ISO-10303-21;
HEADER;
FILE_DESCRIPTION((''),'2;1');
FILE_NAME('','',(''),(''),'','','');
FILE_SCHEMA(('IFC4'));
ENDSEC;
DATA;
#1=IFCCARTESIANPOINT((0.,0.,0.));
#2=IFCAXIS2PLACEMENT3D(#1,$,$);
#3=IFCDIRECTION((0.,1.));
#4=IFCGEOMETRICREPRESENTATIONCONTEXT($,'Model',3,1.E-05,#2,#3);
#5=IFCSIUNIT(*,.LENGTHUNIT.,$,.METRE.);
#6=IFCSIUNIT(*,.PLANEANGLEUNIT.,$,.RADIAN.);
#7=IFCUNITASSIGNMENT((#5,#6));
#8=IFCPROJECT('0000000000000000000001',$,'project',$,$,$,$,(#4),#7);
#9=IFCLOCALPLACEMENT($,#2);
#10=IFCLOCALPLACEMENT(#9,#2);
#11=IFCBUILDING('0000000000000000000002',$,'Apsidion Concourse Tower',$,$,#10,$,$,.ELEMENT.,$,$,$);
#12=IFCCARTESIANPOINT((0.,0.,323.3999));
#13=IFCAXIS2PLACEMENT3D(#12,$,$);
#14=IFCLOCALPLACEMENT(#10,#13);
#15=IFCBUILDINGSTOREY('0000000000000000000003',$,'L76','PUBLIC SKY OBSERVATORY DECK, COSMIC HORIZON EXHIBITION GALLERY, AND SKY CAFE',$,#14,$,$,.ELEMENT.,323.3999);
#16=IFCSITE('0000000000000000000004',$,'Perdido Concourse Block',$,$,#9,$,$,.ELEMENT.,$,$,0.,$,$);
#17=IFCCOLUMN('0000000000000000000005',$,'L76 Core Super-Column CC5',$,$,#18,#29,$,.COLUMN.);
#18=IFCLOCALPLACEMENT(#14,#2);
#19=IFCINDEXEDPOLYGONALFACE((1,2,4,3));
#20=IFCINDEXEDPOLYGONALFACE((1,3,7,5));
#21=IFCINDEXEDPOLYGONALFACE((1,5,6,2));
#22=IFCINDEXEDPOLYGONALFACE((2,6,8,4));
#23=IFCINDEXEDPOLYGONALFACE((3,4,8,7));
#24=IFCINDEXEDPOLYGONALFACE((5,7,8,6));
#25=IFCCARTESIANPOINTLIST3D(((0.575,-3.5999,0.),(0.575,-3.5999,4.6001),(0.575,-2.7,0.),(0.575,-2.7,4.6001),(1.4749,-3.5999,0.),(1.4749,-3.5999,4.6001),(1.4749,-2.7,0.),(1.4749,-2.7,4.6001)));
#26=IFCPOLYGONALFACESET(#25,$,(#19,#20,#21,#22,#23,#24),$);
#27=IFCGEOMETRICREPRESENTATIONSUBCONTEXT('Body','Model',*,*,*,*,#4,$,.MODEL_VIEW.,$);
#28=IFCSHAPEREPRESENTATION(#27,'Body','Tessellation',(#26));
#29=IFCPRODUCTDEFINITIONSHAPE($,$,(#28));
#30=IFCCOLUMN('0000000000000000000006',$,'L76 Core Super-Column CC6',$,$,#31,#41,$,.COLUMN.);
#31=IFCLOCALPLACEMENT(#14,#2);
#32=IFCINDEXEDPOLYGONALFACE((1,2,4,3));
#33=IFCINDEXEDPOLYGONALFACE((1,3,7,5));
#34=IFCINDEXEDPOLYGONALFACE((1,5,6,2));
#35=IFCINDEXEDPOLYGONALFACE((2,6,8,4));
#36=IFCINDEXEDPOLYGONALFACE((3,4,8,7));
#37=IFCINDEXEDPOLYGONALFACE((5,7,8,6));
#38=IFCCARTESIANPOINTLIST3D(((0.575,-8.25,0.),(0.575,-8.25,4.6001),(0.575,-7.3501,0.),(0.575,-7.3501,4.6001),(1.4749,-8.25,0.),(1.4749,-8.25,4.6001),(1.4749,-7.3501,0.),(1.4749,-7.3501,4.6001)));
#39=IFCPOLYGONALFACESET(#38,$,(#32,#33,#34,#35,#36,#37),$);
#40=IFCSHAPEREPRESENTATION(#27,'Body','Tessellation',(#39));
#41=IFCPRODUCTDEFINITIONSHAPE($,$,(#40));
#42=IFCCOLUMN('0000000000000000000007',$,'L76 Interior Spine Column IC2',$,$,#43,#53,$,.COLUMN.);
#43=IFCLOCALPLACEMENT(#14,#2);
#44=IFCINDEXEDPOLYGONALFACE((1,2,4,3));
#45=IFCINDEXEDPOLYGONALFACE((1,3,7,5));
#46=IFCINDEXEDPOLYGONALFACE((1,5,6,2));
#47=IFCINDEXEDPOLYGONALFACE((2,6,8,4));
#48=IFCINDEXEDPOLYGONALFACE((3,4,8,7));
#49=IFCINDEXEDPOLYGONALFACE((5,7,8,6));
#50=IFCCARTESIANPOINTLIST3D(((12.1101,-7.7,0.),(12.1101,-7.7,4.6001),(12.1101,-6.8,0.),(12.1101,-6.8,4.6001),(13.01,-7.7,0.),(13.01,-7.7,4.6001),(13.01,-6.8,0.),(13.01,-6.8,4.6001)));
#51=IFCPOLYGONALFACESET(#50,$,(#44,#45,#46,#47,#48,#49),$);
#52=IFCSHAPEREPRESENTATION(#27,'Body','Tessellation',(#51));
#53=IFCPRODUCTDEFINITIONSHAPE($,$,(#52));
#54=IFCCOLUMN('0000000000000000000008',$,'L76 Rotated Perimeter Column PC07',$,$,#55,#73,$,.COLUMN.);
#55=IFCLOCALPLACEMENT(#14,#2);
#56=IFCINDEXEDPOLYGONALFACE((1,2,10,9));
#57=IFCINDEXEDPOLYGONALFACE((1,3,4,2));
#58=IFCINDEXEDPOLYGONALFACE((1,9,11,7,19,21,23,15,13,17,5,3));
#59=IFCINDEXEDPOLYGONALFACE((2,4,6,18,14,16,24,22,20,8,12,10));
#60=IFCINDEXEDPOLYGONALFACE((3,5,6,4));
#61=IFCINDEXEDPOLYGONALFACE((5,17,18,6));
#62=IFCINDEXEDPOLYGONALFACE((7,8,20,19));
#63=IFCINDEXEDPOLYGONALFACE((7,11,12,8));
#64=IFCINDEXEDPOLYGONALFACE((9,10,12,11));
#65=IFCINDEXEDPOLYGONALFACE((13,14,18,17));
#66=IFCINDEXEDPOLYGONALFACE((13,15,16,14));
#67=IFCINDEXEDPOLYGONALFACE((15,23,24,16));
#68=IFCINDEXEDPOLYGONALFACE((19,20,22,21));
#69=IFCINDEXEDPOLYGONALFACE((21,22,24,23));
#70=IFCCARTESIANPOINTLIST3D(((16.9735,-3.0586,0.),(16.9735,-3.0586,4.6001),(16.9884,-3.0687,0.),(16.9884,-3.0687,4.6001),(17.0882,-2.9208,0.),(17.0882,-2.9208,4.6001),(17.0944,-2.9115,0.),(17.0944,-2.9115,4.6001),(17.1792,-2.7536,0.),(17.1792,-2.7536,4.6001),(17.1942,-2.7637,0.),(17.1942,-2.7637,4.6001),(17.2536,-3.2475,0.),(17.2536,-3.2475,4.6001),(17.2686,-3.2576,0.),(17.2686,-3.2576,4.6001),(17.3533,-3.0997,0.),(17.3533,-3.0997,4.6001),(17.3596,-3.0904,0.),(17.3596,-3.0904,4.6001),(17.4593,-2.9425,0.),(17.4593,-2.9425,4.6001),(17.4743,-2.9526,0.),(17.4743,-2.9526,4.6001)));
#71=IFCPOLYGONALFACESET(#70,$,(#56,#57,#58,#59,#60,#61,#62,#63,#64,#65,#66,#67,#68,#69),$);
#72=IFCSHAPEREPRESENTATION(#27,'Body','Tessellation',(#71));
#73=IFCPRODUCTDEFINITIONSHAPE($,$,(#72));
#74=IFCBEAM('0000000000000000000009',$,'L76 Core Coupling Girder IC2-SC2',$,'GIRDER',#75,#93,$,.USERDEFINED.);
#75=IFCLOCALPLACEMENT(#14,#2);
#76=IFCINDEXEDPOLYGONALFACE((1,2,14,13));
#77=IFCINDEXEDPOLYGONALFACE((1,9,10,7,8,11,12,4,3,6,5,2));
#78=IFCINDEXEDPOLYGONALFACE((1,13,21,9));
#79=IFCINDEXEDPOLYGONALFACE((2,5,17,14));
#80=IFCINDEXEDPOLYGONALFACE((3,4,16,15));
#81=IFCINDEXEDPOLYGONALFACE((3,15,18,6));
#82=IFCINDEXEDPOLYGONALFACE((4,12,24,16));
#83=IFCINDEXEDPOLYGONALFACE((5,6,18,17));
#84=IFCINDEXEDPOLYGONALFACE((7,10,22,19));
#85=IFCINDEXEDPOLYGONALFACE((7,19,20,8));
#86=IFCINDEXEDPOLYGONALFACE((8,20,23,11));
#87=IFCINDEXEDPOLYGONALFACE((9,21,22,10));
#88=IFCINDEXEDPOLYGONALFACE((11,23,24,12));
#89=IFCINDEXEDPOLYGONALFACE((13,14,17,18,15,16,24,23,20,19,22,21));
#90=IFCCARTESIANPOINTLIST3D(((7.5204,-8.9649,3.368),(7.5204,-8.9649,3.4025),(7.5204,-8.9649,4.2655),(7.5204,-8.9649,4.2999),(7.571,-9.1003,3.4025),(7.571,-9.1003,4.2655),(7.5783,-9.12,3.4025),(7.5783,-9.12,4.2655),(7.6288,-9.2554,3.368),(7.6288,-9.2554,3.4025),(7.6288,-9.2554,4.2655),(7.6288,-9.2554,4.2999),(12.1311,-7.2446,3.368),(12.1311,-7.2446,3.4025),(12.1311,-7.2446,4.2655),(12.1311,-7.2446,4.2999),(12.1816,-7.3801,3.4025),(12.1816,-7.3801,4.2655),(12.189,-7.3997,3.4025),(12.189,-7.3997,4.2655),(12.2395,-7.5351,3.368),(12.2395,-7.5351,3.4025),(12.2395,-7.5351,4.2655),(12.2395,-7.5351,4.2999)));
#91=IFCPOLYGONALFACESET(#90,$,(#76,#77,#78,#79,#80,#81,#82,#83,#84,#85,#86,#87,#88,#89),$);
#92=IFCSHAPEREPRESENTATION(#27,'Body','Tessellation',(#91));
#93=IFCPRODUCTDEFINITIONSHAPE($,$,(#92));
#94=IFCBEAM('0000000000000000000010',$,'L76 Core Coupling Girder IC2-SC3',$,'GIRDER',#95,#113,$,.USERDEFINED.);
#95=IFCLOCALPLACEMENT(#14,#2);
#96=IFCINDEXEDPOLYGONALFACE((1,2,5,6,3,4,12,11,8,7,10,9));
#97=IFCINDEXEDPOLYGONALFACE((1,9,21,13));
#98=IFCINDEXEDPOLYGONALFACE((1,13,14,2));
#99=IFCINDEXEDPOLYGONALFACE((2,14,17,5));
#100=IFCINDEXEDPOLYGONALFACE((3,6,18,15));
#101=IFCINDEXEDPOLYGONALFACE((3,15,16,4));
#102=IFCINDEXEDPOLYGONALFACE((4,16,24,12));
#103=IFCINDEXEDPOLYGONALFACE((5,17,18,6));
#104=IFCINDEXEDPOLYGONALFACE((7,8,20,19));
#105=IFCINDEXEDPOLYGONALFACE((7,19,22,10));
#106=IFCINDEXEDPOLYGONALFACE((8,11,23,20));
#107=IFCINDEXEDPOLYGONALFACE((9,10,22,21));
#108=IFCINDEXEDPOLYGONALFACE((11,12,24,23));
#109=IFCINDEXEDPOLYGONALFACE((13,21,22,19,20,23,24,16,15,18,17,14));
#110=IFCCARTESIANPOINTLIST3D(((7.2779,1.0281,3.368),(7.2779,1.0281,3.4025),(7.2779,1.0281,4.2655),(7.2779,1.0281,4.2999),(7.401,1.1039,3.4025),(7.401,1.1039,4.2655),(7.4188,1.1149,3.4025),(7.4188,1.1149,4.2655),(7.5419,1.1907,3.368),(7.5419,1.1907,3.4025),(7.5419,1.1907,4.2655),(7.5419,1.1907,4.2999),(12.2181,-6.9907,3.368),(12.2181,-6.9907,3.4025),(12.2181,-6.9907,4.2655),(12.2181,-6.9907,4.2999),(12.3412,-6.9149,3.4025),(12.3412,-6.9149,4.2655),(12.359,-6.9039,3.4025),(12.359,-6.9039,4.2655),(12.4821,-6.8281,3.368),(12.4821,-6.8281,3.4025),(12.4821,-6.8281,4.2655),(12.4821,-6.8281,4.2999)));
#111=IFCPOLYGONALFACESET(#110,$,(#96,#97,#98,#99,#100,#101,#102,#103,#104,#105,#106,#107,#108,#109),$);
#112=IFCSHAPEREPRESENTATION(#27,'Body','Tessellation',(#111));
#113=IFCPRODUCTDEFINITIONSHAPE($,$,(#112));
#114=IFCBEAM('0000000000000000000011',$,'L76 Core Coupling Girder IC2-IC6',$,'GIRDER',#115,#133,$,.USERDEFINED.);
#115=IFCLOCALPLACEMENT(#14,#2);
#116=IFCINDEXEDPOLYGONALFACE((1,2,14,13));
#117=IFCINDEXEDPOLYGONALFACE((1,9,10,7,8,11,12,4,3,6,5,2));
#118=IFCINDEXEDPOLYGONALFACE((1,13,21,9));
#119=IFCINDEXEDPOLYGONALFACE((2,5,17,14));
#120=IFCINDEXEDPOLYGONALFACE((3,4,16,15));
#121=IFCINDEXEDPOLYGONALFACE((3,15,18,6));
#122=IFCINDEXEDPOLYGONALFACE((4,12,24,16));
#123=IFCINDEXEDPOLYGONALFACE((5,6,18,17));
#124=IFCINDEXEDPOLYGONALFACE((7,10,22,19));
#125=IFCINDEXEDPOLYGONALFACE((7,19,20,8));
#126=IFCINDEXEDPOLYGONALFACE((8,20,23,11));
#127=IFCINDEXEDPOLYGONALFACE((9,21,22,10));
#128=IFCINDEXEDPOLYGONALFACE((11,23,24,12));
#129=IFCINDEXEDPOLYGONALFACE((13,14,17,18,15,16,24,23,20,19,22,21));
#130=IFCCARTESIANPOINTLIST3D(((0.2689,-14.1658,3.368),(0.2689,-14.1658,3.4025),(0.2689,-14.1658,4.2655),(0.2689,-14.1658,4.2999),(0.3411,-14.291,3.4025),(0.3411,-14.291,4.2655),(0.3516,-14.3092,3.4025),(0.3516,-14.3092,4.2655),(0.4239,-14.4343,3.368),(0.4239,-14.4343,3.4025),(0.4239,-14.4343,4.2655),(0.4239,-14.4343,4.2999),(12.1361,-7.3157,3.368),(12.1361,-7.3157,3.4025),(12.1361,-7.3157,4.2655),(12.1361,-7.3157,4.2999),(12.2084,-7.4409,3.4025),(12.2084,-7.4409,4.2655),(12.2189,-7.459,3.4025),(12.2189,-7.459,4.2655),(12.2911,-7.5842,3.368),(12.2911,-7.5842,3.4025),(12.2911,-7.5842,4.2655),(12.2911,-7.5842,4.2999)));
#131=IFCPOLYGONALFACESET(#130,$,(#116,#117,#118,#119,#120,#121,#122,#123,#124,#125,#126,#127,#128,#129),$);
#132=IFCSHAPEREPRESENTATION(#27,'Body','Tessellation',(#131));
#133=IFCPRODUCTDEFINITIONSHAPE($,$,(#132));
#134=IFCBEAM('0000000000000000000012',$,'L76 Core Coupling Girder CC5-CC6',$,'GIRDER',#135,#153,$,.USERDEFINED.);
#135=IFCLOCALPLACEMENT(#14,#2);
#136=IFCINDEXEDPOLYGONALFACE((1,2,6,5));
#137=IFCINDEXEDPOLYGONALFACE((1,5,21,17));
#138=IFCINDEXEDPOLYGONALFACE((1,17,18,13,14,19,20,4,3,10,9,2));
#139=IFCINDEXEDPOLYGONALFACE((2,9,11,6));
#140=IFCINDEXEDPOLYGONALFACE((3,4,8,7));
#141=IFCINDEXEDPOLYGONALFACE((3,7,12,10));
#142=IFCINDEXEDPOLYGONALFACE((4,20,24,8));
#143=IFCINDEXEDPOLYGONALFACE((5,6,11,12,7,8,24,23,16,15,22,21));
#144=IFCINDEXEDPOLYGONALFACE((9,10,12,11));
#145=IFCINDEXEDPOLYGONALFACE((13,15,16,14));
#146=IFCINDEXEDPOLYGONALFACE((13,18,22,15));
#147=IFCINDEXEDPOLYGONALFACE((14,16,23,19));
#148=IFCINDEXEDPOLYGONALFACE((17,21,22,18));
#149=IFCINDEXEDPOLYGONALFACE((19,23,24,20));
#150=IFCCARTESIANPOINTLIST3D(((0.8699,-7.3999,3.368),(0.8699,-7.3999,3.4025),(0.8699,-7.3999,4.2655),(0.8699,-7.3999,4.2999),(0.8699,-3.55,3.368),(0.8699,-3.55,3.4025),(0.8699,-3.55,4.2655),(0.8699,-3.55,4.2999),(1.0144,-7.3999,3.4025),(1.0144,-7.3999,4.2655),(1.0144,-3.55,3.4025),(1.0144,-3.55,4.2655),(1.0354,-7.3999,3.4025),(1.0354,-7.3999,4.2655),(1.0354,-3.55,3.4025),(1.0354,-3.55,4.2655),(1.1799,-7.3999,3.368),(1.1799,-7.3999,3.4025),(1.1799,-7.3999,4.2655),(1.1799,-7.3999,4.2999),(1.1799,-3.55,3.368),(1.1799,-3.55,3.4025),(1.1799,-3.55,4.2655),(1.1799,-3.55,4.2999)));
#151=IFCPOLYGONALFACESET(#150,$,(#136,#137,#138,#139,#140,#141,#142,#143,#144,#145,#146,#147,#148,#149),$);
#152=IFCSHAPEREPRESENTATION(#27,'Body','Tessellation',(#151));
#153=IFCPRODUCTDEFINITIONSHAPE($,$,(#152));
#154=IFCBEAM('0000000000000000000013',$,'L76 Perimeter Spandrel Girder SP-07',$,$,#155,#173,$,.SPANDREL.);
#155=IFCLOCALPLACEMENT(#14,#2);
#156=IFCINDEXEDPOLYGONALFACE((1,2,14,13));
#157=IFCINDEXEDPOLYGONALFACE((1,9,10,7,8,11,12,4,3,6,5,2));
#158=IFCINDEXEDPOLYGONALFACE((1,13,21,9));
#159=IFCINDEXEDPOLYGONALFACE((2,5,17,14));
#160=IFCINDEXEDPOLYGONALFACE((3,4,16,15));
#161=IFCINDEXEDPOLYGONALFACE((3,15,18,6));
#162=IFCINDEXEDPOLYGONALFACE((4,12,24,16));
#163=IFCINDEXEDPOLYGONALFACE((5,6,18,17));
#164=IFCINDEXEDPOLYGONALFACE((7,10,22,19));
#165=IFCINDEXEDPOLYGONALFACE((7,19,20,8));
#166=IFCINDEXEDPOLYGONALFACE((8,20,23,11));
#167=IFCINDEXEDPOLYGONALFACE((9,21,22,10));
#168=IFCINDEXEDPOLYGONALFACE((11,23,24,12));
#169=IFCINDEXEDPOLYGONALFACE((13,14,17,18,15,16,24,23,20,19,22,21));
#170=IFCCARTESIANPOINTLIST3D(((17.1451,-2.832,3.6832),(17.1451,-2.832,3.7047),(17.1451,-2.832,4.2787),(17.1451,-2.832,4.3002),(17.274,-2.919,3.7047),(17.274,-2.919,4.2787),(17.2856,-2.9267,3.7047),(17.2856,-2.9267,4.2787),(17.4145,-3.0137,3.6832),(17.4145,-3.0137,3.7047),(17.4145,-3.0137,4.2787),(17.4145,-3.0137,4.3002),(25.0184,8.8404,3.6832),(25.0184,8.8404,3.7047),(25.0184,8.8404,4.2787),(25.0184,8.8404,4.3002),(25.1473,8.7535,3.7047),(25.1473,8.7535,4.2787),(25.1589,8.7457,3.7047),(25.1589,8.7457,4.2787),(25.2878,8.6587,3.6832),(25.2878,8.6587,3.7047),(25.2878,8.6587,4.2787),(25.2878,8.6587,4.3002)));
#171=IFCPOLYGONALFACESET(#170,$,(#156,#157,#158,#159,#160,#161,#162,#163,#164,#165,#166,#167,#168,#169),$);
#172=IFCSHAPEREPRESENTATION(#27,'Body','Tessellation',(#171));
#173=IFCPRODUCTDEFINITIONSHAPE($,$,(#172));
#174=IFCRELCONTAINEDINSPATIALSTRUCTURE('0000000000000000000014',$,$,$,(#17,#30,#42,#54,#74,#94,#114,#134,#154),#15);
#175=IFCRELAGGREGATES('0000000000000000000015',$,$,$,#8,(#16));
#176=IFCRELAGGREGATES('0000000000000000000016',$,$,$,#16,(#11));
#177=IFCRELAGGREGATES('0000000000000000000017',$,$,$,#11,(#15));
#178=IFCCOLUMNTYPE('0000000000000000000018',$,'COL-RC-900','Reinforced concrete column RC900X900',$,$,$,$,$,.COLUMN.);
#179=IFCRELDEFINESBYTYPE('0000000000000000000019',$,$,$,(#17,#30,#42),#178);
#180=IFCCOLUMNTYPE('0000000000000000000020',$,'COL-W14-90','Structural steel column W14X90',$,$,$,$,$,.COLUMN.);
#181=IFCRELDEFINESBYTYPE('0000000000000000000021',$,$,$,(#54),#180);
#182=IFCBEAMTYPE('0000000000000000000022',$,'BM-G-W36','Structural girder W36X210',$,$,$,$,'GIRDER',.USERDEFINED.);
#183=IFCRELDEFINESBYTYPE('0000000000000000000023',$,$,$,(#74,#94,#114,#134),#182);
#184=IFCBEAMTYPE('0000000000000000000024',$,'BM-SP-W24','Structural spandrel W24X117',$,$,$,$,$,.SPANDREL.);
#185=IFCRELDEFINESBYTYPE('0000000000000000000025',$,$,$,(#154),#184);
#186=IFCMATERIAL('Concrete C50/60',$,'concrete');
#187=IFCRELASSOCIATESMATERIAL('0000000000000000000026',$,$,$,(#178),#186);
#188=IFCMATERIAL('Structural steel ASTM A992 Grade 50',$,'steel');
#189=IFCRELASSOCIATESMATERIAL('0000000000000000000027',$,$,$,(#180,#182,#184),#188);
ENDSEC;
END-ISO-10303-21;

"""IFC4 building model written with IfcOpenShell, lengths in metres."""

from ifc_helpers import new_model, si_unit, direction, frame, origin, origin_2d, place, context, subcontext, project, spatial, rectangle, i_section, extrude, material, material_profile, profile_set, type_object, element, save


model = new_model("IFC4")

# Units and contexts
model_context = context("Model", 3, precision=1e-05, world=origin(), true_north=direction((0.0, 1.0)))
body_context = subcontext(model_context, "Body", "Model", "MODEL_VIEW")
ifc_project = project(units=[si_unit("LENGTHUNIT", "METRE"), si_unit("PLANEANGLEUNIT", "RADIAN")], contexts=[model_context])

# Site, building, storey
site_placement = place(None, origin())
site = spatial("IfcSite", under=ifc_project, at=site_placement, Name="Perdido Concourse Block", CompositionType="ELEMENT", RefElevation=0.0)
building_placement = place(site_placement, origin())
building = spatial("IfcBuilding", under=site, at=building_placement, Name="Apsidion Concourse Tower", CompositionType="ELEMENT")
storey_placement = place(building_placement, frame((0.0, 0.0, 323.3999)))
storey = spatial("IfcBuildingStorey", under=building, at=storey_placement, Name="L76", Description="PUBLIC SKY OBSERVATORY DECK, COSMIC HORIZON EXHIBITION GALLERY, AND SKY CAFE", CompositionType="ELEMENT", Elevation=323.3999)

# Columns
ifc_material_1 = material(Name="Concrete C50/60", Category="concrete")
ifc_material_profile_1 = material_profile(ifc_material_1, rectangle(XDim=0.8999, YDim=0.8999, at=origin_2d()), Name="RC 900x900")
ifc_profile_set_1 = profile_set([ifc_material_profile_1], Name="Concrete C50/60")
column_type_1 = type_object("IfcColumnType", Name="COL-RC-900", Description="Reinforced concrete column RC900X900", PredefinedType="COLUMN", material=ifc_profile_set_1)
for number, where, z_axis, x_axis, name in (
    (1, (1.0249, -3.1499, 0.0), (0.0, 0.0, 1.0), (1.0, 0.0, 0.0), "L76 Core Super-Column CC5"),
    (2, (1.0249, -7.8, 0.0), (0.0, 0.0, 1.0), (1.0, 0.0, 0.0), "L76 Core Super-Column CC6"),
    (3, (12.5601, -7.25, 0.0), (0.0, 0.0, 1.0), (1.0, 0.0, 0.0), "L76 Interior Spine Column IC2"),
):
    element("IfcColumn", number, at=place(storey_placement, frame(where, z_axis=z_axis, x_axis=x_axis)), inside=storey, type_object=column_type_1, Name=name, PredefinedType="COLUMN", context=body_context, shape_type="SweptSolid", body=[
        extrude(rectangle(XDim=0.8999, YDim=0.8999, at=origin_2d()), origin(), (0.0, 0.0, 1.0), 4.6001),
    ])
ifc_material_2 = material(Name="Structural steel ASTM A992 Grade 50", Category="steel")
ifc_material_profile_2 = material_profile(ifc_material_2, i_section(OverallWidth=0.3679, OverallDepth=0.356, WebThickness=0.0112, FlangeThickness=0.0181, at=origin_2d()), Name="W14X90")
ifc_profile_set_2 = profile_set([ifc_material_profile_2], Name="Structural steel ASTM A992 Grade 50")
column_type_2 = type_object("IfcColumnType", Name="COL-W14-90", Description="Structural steel column W14X90", PredefinedType="COLUMN", material=ifc_profile_set_2)
column_placement = place(storey_placement, frame((17.2239, -3.0056, 0.0), z_axis=(0.0, 0.0, 1.0), x_axis=(0.559193, 0.829038, 0.0)))
element("IfcColumn", 4, at=column_placement, inside=storey, type_object=column_type_2, Name="L76 Rotated Perimeter Column PC07", PredefinedType="COLUMN", context=body_context, shape_type="SweptSolid", body=[
    extrude(i_section(OverallWidth=0.3679, OverallDepth=0.356, WebThickness=0.0112, FlangeThickness=0.0181, at=origin_2d()), origin(), (0.0, 0.0, 1.0), 4.6001),
])

# Beams
ifc_material_profile_3 = material_profile(ifc_material_2, i_section(OverallWidth=0.3101, OverallDepth=0.9319, WebThickness=0.021, FlangeThickness=0.0344, at=origin_2d()), Name="W36X210")
ifc_profile_set_3 = profile_set([ifc_material_profile_3], Name="Structural steel ASTM A992 Grade 50")
beam_type_1 = type_object("IfcBeamType", Name="BM-G-W36", Description="Structural girder W36X210", ElementType="GIRDER", PredefinedType="USERDEFINED", material=ifc_profile_set_3)
beam_1_placement = place(storey_placement, frame((12.1853, -7.3899, 3.834), z_axis=(-0.936913, -0.349563, 0.0), x_axis=(0.349563, -0.936913, 0.0)))
element("IfcBeam", 5, at=beam_1_placement, inside=storey, type_object=beam_type_1, Name="L76 Core Coupling Girder IC2-SC2", ObjectType="GIRDER", PredefinedType="USERDEFINED", context=body_context, shape_type="SweptSolid", body=[
    extrude(i_section(OverallWidth=0.3101, OverallDepth=0.9319, WebThickness=0.021, FlangeThickness=0.0344, at=origin_2d()), origin(), (0.0, 0.0, 1.0), 4.9211),
])
beam_2_placement = place(storey_placement, frame((12.3501, -6.9094, 3.834), z_axis=(-0.524524, 0.851396, 0.0), x_axis=(-0.851396, -0.524524, 0.0)))
element("IfcBeam", 6, at=beam_2_placement, inside=storey, type_object=beam_type_1, Name="L76 Core Coupling Girder IC2-SC3", ObjectType="GIRDER", PredefinedType="USERDEFINED", context=body_context, shape_type="SweptSolid", body=[
    extrude(i_section(OverallWidth=0.3101, OverallDepth=0.9319, WebThickness=0.021, FlangeThickness=0.0344, at=origin_2d()), origin(), (0.0, 0.0, 1.0), 9.4185),
])
beam_3_placement = place(storey_placement, frame((12.2136, -7.45, 3.834), z_axis=(-0.86607, -0.499922, 0.0), x_axis=(0.499922, -0.86607, 0.0)))
element("IfcBeam", 7, at=beam_3_placement, inside=storey, type_object=beam_type_1, Name="L76 Core Coupling Girder IC2-IC6", ObjectType="GIRDER", PredefinedType="USERDEFINED", context=body_context, shape_type="SweptSolid", body=[
    extrude(i_section(OverallWidth=0.3101, OverallDepth=0.9319, WebThickness=0.021, FlangeThickness=0.0344, at=origin_2d()), origin(), (0.0, 0.0, 1.0), 13.7024),
])
beam_4_placement = place(storey_placement, frame((1.0249, -3.55, 3.834), z_axis=(0.0, -1.0, 0.0), x_axis=(1.0, 0.0, 0.0)))
element("IfcBeam", 8, at=beam_4_placement, inside=storey, type_object=beam_type_1, Name="L76 Core Coupling Girder CC5-CC6", ObjectType="GIRDER", PredefinedType="USERDEFINED", context=body_context, shape_type="SweptSolid", body=[
    extrude(i_section(OverallWidth=0.3101, OverallDepth=0.9319, WebThickness=0.021, FlangeThickness=0.0344, at=origin_2d()), origin(), (0.0, 0.0, 1.0), 3.8499),
])
ifc_material_profile_4 = material_profile(ifc_material_2, i_section(OverallWidth=0.325, OverallDepth=0.6169, WebThickness=0.0139, FlangeThickness=0.0215, at=origin_2d()), Name="W24X117")
ifc_profile_set_4 = profile_set([ifc_material_profile_4], Name="Structural steel ASTM A992 Grade 50")
beam_type_2 = type_object("IfcBeamType", Name="BM-SP-W24", Description="Structural spandrel W24X117", PredefinedType="SPANDREL", material=ifc_profile_set_4)
beam_5_placement = place(storey_placement, frame((17.2798, -2.9229, 3.9917), z_axis=(0.559202, 0.829032, 0.0), x_axis=(-0.829032, 0.559202, 0.0)))
element("IfcBeam", 9, at=beam_5_placement, inside=storey, type_object=beam_type_2, Name="L76 Perimeter Spandrel Girder SP-07", PredefinedType="SPANDREL", context=body_context, shape_type="SweptSolid", body=[
    extrude(i_section(OverallWidth=0.325, OverallDepth=0.6169, WebThickness=0.0139, FlangeThickness=0.0215, at=origin_2d()), origin(), (0.0, 0.0, 1.0), 14.0796),
])

save(model, "model.ifc")
